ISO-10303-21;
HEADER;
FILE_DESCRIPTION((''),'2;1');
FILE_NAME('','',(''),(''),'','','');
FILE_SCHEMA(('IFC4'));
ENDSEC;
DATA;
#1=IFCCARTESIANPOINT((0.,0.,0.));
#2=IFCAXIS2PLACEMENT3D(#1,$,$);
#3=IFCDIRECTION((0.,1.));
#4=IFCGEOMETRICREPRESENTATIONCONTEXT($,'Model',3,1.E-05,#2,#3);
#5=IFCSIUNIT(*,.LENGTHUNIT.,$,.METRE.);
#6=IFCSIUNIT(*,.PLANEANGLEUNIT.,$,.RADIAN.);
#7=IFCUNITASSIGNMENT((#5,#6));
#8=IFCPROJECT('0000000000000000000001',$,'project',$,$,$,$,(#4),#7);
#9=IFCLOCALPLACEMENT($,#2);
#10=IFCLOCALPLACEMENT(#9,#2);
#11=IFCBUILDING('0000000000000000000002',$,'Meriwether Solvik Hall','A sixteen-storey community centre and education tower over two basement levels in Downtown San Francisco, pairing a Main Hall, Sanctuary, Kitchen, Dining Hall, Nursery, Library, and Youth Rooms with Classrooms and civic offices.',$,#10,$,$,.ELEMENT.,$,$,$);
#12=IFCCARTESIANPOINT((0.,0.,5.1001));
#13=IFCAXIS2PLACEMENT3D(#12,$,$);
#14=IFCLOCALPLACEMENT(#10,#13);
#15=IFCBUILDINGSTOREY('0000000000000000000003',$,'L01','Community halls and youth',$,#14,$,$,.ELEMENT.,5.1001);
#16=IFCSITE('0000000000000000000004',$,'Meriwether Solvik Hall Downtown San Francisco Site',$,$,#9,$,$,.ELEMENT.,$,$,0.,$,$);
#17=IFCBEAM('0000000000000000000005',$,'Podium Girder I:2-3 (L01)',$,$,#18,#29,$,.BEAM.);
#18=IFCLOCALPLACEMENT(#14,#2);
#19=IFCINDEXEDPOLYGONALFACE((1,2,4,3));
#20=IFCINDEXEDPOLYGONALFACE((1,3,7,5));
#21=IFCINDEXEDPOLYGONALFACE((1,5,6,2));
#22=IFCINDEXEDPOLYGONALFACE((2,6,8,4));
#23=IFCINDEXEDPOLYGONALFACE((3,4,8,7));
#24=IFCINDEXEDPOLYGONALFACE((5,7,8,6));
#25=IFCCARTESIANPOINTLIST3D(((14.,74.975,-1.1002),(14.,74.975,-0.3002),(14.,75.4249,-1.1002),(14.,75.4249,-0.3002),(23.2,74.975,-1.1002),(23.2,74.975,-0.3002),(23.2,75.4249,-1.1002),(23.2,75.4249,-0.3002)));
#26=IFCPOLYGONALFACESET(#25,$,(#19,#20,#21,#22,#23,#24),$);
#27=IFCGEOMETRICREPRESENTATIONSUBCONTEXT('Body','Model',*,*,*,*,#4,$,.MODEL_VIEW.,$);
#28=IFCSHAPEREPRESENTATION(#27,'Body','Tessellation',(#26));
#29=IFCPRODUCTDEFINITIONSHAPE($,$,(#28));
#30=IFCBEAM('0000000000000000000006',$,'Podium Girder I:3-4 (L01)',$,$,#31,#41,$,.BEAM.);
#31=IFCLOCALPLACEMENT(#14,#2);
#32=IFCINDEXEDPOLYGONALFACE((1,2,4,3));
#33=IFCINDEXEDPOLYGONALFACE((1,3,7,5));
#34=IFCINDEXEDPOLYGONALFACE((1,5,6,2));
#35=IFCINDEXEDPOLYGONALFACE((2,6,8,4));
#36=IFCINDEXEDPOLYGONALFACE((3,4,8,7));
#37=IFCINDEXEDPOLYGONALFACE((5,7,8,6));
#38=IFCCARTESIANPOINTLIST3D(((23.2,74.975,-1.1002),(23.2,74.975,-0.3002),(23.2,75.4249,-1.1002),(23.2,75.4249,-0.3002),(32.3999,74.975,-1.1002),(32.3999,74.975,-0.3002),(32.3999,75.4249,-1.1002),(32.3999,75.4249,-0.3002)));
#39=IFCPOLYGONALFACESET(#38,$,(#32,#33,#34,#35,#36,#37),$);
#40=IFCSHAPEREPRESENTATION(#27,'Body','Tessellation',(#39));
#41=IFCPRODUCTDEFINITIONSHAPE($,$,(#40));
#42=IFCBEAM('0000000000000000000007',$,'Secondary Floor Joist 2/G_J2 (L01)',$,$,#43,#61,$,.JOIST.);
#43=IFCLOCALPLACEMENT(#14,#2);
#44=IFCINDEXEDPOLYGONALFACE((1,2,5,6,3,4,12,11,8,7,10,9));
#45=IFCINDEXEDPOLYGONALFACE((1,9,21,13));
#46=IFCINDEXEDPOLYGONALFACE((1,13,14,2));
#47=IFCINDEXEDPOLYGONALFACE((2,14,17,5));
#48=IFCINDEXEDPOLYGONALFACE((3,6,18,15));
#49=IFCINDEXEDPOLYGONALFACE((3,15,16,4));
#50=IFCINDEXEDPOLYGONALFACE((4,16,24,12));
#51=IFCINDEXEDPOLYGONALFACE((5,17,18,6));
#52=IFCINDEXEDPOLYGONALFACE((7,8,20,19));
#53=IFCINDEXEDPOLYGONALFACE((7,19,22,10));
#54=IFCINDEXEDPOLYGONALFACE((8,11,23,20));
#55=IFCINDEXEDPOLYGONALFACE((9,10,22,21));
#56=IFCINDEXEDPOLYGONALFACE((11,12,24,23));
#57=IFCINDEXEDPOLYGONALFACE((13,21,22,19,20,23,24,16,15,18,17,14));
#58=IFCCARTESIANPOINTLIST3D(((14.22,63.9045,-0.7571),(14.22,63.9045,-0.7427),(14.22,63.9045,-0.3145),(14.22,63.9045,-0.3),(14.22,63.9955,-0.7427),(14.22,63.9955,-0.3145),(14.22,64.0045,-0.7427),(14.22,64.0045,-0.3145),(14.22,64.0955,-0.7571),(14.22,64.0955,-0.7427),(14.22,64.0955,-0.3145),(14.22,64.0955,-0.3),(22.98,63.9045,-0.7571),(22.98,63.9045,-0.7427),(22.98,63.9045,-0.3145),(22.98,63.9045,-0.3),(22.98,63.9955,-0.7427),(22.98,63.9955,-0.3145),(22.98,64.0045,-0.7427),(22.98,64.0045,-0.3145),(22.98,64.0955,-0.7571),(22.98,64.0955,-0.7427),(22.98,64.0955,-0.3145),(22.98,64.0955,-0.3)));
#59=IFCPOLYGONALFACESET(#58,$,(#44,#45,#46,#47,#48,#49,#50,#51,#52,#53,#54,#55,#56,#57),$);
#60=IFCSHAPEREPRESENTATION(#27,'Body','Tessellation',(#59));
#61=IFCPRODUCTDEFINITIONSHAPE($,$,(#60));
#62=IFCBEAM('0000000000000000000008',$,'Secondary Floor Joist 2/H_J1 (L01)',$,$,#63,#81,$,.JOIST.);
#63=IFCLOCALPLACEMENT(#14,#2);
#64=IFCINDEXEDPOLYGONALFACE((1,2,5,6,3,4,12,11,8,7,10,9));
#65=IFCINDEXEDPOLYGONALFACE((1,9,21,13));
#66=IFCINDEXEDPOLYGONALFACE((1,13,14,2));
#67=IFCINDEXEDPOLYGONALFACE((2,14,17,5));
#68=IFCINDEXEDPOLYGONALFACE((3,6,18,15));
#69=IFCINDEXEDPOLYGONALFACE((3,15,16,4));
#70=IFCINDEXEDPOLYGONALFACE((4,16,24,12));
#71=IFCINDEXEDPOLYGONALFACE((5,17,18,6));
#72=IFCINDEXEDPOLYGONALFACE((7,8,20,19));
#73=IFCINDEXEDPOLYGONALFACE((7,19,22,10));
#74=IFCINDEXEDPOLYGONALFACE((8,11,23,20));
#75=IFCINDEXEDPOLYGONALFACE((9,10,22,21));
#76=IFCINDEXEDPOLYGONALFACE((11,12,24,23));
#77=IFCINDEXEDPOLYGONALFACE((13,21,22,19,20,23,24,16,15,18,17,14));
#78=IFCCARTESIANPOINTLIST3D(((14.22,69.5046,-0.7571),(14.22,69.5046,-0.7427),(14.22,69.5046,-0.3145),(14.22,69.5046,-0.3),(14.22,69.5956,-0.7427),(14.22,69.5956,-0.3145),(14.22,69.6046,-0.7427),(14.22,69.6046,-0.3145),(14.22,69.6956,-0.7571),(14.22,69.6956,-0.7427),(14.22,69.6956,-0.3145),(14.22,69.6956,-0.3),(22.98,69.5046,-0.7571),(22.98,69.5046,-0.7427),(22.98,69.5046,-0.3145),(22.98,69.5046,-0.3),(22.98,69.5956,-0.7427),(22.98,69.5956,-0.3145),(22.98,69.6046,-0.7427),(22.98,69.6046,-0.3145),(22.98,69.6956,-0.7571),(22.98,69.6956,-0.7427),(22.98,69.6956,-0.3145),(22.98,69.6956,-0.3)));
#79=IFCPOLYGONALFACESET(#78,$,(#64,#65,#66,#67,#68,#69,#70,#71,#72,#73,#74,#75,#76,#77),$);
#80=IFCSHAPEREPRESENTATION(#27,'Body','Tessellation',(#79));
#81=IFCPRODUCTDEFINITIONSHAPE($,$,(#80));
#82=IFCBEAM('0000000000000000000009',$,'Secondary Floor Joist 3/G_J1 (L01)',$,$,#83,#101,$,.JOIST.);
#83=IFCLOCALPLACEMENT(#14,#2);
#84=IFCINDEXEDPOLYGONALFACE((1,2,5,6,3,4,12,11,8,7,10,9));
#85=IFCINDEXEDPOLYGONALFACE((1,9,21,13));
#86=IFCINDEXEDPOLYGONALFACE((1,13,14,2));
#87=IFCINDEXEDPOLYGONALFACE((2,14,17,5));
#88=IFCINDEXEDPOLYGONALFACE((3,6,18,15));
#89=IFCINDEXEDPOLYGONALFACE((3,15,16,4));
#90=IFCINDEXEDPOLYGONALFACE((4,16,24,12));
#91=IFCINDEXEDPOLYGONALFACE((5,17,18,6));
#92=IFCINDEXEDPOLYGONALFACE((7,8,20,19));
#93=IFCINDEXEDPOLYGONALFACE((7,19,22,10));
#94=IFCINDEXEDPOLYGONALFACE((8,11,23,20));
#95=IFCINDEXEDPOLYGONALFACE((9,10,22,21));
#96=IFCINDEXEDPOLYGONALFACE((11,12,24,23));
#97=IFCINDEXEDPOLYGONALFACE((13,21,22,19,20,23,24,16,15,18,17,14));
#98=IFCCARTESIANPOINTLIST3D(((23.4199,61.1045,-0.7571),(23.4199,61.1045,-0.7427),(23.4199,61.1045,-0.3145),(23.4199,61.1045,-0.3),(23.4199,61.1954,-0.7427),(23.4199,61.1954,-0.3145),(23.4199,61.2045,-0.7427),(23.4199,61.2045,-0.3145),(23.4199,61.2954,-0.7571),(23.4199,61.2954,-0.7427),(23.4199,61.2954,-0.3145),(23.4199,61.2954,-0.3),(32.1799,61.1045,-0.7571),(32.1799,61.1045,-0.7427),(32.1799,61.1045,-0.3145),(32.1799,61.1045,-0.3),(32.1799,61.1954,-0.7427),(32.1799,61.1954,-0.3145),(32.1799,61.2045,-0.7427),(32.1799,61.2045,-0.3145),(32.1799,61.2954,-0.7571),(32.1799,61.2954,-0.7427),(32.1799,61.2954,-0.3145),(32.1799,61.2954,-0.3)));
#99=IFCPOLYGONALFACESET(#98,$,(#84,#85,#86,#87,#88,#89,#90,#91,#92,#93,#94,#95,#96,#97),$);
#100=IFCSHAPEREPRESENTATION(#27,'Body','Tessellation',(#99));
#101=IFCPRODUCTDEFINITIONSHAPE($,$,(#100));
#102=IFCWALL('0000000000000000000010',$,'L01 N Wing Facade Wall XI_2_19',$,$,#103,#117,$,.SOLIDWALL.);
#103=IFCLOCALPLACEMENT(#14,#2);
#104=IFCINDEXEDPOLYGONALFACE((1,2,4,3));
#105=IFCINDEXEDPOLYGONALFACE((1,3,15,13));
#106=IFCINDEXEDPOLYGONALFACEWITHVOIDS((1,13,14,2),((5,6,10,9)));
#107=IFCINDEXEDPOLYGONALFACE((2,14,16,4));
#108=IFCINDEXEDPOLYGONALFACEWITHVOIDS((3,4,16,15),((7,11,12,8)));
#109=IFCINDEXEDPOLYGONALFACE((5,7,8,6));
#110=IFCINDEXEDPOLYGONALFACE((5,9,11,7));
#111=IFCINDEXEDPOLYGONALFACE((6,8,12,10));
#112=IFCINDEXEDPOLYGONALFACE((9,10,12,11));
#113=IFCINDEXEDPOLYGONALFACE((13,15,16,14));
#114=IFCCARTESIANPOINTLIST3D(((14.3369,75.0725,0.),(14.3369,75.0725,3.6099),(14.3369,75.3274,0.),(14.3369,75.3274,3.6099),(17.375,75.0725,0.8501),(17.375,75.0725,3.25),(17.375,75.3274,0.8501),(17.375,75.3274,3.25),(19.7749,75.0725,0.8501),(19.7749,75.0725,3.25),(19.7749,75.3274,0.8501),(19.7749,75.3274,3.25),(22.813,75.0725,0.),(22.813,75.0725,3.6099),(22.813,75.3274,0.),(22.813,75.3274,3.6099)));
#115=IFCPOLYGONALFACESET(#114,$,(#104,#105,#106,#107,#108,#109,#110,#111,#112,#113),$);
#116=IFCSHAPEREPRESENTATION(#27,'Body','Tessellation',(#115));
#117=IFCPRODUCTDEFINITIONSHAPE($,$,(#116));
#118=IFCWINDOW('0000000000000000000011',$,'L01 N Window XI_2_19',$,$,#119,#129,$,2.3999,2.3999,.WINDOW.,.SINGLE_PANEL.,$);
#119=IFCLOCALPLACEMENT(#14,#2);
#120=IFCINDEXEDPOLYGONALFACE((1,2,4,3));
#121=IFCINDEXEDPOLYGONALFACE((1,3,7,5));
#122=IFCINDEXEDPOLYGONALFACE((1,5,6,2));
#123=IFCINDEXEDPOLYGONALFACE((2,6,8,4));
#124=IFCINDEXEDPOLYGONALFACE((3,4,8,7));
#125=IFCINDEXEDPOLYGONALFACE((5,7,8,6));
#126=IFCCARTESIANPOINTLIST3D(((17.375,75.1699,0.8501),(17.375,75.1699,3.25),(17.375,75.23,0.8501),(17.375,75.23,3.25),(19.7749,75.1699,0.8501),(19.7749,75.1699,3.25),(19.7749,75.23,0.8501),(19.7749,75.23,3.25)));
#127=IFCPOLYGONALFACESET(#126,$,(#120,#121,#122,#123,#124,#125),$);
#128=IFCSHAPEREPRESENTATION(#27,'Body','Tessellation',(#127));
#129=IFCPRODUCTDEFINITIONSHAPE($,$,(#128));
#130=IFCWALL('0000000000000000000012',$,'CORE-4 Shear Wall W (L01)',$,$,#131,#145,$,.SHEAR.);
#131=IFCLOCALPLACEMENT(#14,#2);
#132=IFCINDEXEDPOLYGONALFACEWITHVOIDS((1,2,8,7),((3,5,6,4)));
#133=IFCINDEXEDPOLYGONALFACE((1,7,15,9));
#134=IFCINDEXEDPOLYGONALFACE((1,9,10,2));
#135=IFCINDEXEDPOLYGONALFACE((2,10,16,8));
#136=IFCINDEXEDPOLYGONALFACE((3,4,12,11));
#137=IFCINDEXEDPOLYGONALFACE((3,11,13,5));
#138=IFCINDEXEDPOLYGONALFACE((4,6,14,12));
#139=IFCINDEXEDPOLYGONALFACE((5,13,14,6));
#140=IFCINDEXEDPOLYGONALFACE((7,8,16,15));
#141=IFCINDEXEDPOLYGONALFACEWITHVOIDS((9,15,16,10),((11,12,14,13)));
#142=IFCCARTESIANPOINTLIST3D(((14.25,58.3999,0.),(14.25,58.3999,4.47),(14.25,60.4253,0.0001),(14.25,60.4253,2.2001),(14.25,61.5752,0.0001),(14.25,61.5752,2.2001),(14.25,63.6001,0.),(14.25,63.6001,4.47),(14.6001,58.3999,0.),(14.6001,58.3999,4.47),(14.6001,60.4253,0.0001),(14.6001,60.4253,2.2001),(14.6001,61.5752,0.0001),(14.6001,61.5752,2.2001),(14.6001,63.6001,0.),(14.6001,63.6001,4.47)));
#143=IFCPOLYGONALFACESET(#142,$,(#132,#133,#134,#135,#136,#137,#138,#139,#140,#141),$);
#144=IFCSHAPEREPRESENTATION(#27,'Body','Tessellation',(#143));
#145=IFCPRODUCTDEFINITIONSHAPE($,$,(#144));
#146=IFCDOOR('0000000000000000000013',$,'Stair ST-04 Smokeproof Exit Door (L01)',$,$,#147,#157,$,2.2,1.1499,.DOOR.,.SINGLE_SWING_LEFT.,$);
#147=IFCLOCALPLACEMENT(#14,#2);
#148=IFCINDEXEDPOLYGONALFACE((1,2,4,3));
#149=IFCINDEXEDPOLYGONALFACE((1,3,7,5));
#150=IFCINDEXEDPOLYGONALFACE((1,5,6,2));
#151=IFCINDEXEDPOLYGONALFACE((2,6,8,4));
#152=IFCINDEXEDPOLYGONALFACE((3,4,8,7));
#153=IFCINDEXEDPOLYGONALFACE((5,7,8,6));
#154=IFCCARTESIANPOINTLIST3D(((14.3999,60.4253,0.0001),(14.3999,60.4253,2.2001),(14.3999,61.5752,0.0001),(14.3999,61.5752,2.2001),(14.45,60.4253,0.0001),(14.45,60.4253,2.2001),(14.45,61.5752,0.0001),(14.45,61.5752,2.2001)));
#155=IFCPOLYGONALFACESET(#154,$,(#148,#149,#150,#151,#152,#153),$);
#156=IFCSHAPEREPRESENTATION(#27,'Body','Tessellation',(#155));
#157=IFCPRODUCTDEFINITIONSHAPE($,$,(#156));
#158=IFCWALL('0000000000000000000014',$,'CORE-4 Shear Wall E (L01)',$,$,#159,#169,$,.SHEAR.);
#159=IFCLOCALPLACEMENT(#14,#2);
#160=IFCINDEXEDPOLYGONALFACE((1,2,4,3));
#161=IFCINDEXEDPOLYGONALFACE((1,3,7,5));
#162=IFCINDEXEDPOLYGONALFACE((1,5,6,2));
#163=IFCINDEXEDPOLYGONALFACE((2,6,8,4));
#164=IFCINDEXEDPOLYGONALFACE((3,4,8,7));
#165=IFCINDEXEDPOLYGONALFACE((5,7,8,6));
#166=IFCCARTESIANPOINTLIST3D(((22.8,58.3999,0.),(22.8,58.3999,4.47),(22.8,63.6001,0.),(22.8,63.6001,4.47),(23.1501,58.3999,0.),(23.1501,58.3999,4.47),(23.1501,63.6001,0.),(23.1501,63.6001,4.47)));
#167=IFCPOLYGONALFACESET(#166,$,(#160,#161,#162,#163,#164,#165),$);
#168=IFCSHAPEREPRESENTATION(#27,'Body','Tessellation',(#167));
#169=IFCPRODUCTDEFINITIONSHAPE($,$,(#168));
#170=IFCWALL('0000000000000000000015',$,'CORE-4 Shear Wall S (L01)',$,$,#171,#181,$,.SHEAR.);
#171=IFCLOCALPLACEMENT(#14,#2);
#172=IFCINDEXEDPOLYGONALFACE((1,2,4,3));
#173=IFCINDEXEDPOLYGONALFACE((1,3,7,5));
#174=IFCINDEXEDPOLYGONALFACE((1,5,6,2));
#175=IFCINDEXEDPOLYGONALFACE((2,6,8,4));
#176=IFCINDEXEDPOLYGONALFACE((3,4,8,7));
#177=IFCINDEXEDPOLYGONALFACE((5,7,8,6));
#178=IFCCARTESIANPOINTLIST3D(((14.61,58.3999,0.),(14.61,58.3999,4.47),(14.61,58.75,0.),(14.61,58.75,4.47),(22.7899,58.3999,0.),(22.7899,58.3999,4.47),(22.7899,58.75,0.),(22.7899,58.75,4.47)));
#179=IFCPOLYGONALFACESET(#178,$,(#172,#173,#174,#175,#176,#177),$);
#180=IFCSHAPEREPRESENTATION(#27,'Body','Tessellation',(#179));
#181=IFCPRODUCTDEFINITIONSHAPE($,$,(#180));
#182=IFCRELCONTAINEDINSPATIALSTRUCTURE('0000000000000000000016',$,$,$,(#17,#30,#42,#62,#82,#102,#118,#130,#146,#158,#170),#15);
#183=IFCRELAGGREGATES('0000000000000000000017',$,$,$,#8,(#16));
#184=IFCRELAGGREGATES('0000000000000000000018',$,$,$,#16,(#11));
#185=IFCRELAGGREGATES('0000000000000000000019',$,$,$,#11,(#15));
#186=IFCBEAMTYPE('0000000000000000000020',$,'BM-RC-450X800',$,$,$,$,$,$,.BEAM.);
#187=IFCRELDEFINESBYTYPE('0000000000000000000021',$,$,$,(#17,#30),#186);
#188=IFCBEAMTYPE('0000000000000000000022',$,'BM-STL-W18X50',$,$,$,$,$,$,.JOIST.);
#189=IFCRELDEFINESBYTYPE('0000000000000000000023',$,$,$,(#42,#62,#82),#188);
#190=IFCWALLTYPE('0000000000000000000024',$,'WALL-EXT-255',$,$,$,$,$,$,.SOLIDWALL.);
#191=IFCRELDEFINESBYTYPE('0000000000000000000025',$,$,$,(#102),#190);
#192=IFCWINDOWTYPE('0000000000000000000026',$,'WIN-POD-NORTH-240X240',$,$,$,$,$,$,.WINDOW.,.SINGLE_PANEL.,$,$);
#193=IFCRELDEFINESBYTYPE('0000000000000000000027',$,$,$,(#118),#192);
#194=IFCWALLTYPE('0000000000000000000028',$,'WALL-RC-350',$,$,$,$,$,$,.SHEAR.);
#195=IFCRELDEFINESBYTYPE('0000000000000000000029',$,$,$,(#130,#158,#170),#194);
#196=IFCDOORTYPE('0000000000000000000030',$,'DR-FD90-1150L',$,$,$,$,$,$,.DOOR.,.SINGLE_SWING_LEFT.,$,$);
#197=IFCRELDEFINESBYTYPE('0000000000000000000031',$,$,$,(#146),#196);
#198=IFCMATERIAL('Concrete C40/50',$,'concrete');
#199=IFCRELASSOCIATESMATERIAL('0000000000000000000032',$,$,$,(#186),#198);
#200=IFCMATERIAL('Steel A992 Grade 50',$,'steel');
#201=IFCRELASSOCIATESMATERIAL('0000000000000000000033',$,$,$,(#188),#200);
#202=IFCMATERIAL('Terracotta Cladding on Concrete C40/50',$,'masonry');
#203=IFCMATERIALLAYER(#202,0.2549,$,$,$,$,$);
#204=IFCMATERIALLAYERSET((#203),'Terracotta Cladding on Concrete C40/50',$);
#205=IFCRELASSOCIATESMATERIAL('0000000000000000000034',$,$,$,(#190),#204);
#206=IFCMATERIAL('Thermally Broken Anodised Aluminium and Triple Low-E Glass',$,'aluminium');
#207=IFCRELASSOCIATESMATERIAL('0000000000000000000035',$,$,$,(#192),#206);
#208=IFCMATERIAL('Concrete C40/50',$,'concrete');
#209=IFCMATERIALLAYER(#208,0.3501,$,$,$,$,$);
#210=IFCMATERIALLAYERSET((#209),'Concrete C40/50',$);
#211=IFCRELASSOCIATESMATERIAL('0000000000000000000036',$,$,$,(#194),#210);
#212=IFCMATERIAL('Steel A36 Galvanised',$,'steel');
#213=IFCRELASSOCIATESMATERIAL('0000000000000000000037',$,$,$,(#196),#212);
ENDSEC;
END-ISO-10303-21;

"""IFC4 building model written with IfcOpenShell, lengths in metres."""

from ifc_helpers import new_model, si_unit, direction, frame, frame_2d, origin, origin_2d, place, context, subcontext, project, spatial, rectangle, i_section, extrude, material, layer, layer_set, material_profile, profile_set, type_object, element, fill, save


model = new_model("IFC4")

# Units and contexts
model_context = context("Model", 3, precision=1e-05, world=origin(), true_north=direction((0.0, 1.0)))
body_context = subcontext(model_context, "Body", "Model", "MODEL_VIEW")
ifc_project = project(units=[si_unit("LENGTHUNIT", "METRE"), si_unit("PLANEANGLEUNIT", "RADIAN")], contexts=[model_context])

# Site, building, storey
site_placement = place(None, origin())
site = spatial("IfcSite", under=ifc_project, at=site_placement, Name="Meriwether Solvik Hall Downtown San Francisco Site", CompositionType="ELEMENT", RefElevation=0.0)
building_placement = place(site_placement, origin())
building = spatial("IfcBuilding", under=site, at=building_placement, Name="Meriwether Solvik Hall", Description="A sixteen-storey community centre and education tower over two basement levels in Downtown San Francisco, pairing a Main Hall, Sanctuary, Kitchen, Dining Hall, Nursery, Library, and Youth Rooms with Classrooms and civic offices.", CompositionType="ELEMENT")
storey_placement = place(building_placement, frame((0.0, 0.0, 5.1001)))
storey = spatial("IfcBuildingStorey", under=building, at=storey_placement, Name="L01", Description="Community halls and youth", CompositionType="ELEMENT", Elevation=5.1001)

# Beams
ifc_material_1 = material(Name="Concrete C40/50", Category="concrete")
ifc_material_profile_1 = material_profile(ifc_material_1, rectangle(XDim=0.45, YDim=0.8, at=origin_2d()), Name="RCB-450X800")
ifc_profile_set_1 = profile_set([ifc_material_profile_1], Name="Concrete C40/50")
beam_type_1 = type_object("IfcBeamType", Name="BM-RC-450X800", PredefinedType="BEAM", material=ifc_profile_set_1)
for number, where, z_axis, x_axis, name in (
    (1, (14.0, 75.2, -0.7002), (1.0, 0.0, 0.0), (0.0, 1.0, 0.0), "Podium Girder I:2-3 (L01)"),
    (2, (23.2, 75.2, -0.7002), (1.0, 0.0, 0.0), (0.0, 1.0, 0.0), "Podium Girder I:3-4 (L01)"),
):
    element("IfcBeam", number, at=place(storey_placement, frame(where, z_axis=z_axis, x_axis=x_axis)), inside=storey, type_object=beam_type_1, Name=name, PredefinedType="BEAM", context=body_context, shape_type="SweptSolid", body=[
        extrude(rectangle(XDim=0.45, YDim=0.8, at=origin_2d()), origin(), (0.0, 0.0, 1.0), 9.2),
    ])
ifc_material_2 = material(Name="Steel A992 Grade 50", Category="steel")
ifc_material_profile_2 = material_profile(ifc_material_2, i_section(OverallWidth=0.1909, OverallDepth=0.457, WebThickness=0.009, FlangeThickness=0.0144, at=origin_2d()), Name="W18X50")
ifc_profile_set_2 = profile_set([ifc_material_profile_2], Name="Steel A992 Grade 50")
beam_type_2 = type_object("IfcBeamType", Name="BM-STL-W18X50", PredefinedType="JOIST", material=ifc_profile_set_2)
for number, where, z_axis, x_axis, name in (
    (3, (14.22, 64.0, -0.5286), (1.0, 0.0, 0.0), (0.0, 1.0, 0.0), "Secondary Floor Joist 2/G_J2 (L01)"),
    (4, (14.22, 69.6001, -0.5286), (1.0, 0.0, 0.0), (0.0, 1.0, 0.0), "Secondary Floor Joist 2/H_J1 (L01)"),
    (5, (23.4199, 61.2, -0.5286), (1.0, 0.0, 0.0), (0.0, 1.0, 0.0), "Secondary Floor Joist 3/G_J1 (L01)"),
):
    element("IfcBeam", number, at=place(storey_placement, frame(where, z_axis=z_axis, x_axis=x_axis)), inside=storey, type_object=beam_type_2, Name=name, PredefinedType="JOIST", context=body_context, shape_type="SweptSolid", body=[
        extrude(i_section(OverallWidth=0.1909, OverallDepth=0.457, WebThickness=0.009, FlangeThickness=0.0144, at=origin_2d()), origin(), (0.0, 0.0, 1.0), 8.76),
    ])

# Wall, opening, window
ifc_material_3 = material(Name="Terracotta Cladding on Concrete C40/50", Category="masonry")
ifc_layer_1 = layer(ifc_material_3, 0.2549)
ifc_layer_set_1 = layer_set([ifc_layer_1], Name="Terracotta Cladding on Concrete C40/50")
wall_type_1 = type_object("IfcWallType", Name="WALL-EXT-255", PredefinedType="SOLIDWALL", material=ifc_layer_set_1)
wall_1_placement = place(storey_placement, frame((14.3369, 75.2, 0.0), z_axis=(0.0, 0.0, 1.0), x_axis=(1.0, 0.0, 0.0)))
wall_1 = element("IfcWall", 6, at=wall_1_placement, inside=storey, type_object=wall_type_1, Name="L01 N Wing Facade Wall XI_2_19", PredefinedType="SOLIDWALL", context=body_context, shape_type="SweptSolid", body=[
    extrude(rectangle(XDim=8.4761, YDim=0.2549, at=frame_2d((4.238, 0.0))), origin(), (0.0, 0.0, 1.0), 3.6099),
])
opening_1_placement = place(wall_1_placement, frame((3.0381, 0.0, 0.8501)))
opening_1 = element("IfcOpeningElement", 7, at=opening_1_placement, cuts=wall_1, PredefinedType="OPENING", context=body_context, shape_type="SweptSolid", body=[
    extrude(rectangle(XDim=2.3999, YDim=2.3999, at=frame_2d((1.2, 1.2))), frame((0.0, 0.1394, 0.0), z_axis=(0.0, -1.0, 0.0), x_axis=(1.0, 0.0, 0.0)), (0.0, 0.0, 1.0), 0.2788),
])
ifc_material_4 = material(Name="Thermally Broken Anodised Aluminium and Triple Low-E Glass", Category="aluminium")
window_type = type_object("IfcWindowType", Name="WIN-POD-NORTH-240X240", PartitioningType="SINGLE_PANEL", PredefinedType="WINDOW", material=ifc_material_4)
window_placement = place(opening_1_placement, origin())
window = element("IfcWindow", 8, at=window_placement, inside=storey, type_object=window_type, Name="L01 N Window XI_2_19", OverallHeight=2.3999, OverallWidth=2.3999, PartitioningType="SINGLE_PANEL", PredefinedType="WINDOW", context=body_context, shape_type="SweptSolid", body=[
    extrude(rectangle(XDim=2.3999, YDim=2.3999, at=frame_2d((1.2, 1.2))), frame((0.0, 0.03, 0.0), z_axis=(0.0, -1.0, 0.0), x_axis=(1.0, 0.0, 0.0)), (0.0, 0.0, 1.0), 0.0601),
])
fill(opening_1, window)

# Wall, opening, door
ifc_material_5 = material(Name="Concrete C40/50", Category="concrete")
ifc_layer_2 = layer(ifc_material_5, 0.3501)
ifc_layer_set_2 = layer_set([ifc_layer_2], Name="Concrete C40/50")
wall_type_2 = type_object("IfcWallType", Name="WALL-RC-350", PredefinedType="SHEAR", material=ifc_layer_set_2)
wall_2_placement = place(storey_placement, frame((14.425, 63.6001, 0.0), z_axis=(0.0, 0.0, 1.0), x_axis=(0.0, -1.0, 0.0)))
wall_2 = element("IfcWall", 9, at=wall_2_placement, inside=storey, type_object=wall_type_2, Name="CORE-4 Shear Wall W (L01)", PredefinedType="SHEAR", context=body_context, shape_type="SweptSolid", body=[
    extrude(rectangle(XDim=5.2002, YDim=0.3501, at=frame_2d((2.6001, 0.0))), origin(), (0.0, 0.0, 1.0), 4.47),
])
opening_2_placement = place(wall_2_placement, frame((2.0249, 0.0, 0.0)))
opening_2 = element("IfcOpeningElement", 10, at=opening_2_placement, cuts=wall_2, PredefinedType="OPENING", context=body_context, shape_type="SweptSolid", body=[
    extrude(rectangle(XDim=1.1499, YDim=2.2, at=frame_2d((0.575, 1.1001))), frame((0.0, 0.187, 0.0), z_axis=(0.0, -1.0, 0.0), x_axis=(1.0, 0.0, 0.0)), (0.0, 0.0, 1.0), 0.374),
])
ifc_material_6 = material(Name="Steel A36 Galvanised", Category="steel")
door_type = type_object("IfcDoorType", Name="DR-FD90-1150L", OperationType="SINGLE_SWING_LEFT", PredefinedType="DOOR", material=ifc_material_6)
door_placement = place(opening_2_placement, origin())
door = element("IfcDoor", 11, at=door_placement, inside=storey, type_object=door_type, Name="Stair ST-04 Smokeproof Exit Door (L01)", OperationType="SINGLE_SWING_LEFT", OverallHeight=2.2, OverallWidth=1.1499, PredefinedType="DOOR", context=body_context, shape_type="SweptSolid", body=[
    extrude(rectangle(XDim=1.1499, YDim=2.2, at=frame_2d((0.575, 1.1001))), frame((0.0, 0.0249, 0.0), z_axis=(0.0, -1.0, 0.0), x_axis=(1.0, 0.0, 0.0)), (0.0, 0.0, 1.0), 0.05),
])
fill(opening_2, door)

# Walls
wall_3_placement = place(storey_placement, frame((22.9751, 58.3999, 0.0), z_axis=(0.0, 0.0, 1.0), x_axis=(0.0, 1.0, 0.0)))
element("IfcWall", 12, at=wall_3_placement, inside=storey, type_object=wall_type_2, Name="CORE-4 Shear Wall E (L01)", PredefinedType="SHEAR", context=body_context, shape_type="SweptSolid", body=[
    extrude(rectangle(XDim=5.2002, YDim=0.3501, at=frame_2d((2.6001, 0.0))), origin(), (0.0, 0.0, 1.0), 4.47),
])
for number, where, z_axis, x_axis, name in (
    (13, (14.6101, 58.575, 0.0), (0.0, 0.0, 1.0), (1.0, 0.0, 0.0), "CORE-4 Shear Wall S (L01)"),
):
    element("IfcWall", number, at=place(storey_placement, frame(where, z_axis=z_axis, x_axis=x_axis)), inside=storey, type_object=wall_type_2, Name=name, PredefinedType="SHEAR", context=body_context, shape_type="SweptSolid", body=[
        extrude(rectangle(XDim=8.1799, YDim=0.3501, at=frame_2d((4.0898, 0.0))), origin(), (0.0, 0.0, 1.0), 4.47),
    ])

save(model, "model.ifc")
